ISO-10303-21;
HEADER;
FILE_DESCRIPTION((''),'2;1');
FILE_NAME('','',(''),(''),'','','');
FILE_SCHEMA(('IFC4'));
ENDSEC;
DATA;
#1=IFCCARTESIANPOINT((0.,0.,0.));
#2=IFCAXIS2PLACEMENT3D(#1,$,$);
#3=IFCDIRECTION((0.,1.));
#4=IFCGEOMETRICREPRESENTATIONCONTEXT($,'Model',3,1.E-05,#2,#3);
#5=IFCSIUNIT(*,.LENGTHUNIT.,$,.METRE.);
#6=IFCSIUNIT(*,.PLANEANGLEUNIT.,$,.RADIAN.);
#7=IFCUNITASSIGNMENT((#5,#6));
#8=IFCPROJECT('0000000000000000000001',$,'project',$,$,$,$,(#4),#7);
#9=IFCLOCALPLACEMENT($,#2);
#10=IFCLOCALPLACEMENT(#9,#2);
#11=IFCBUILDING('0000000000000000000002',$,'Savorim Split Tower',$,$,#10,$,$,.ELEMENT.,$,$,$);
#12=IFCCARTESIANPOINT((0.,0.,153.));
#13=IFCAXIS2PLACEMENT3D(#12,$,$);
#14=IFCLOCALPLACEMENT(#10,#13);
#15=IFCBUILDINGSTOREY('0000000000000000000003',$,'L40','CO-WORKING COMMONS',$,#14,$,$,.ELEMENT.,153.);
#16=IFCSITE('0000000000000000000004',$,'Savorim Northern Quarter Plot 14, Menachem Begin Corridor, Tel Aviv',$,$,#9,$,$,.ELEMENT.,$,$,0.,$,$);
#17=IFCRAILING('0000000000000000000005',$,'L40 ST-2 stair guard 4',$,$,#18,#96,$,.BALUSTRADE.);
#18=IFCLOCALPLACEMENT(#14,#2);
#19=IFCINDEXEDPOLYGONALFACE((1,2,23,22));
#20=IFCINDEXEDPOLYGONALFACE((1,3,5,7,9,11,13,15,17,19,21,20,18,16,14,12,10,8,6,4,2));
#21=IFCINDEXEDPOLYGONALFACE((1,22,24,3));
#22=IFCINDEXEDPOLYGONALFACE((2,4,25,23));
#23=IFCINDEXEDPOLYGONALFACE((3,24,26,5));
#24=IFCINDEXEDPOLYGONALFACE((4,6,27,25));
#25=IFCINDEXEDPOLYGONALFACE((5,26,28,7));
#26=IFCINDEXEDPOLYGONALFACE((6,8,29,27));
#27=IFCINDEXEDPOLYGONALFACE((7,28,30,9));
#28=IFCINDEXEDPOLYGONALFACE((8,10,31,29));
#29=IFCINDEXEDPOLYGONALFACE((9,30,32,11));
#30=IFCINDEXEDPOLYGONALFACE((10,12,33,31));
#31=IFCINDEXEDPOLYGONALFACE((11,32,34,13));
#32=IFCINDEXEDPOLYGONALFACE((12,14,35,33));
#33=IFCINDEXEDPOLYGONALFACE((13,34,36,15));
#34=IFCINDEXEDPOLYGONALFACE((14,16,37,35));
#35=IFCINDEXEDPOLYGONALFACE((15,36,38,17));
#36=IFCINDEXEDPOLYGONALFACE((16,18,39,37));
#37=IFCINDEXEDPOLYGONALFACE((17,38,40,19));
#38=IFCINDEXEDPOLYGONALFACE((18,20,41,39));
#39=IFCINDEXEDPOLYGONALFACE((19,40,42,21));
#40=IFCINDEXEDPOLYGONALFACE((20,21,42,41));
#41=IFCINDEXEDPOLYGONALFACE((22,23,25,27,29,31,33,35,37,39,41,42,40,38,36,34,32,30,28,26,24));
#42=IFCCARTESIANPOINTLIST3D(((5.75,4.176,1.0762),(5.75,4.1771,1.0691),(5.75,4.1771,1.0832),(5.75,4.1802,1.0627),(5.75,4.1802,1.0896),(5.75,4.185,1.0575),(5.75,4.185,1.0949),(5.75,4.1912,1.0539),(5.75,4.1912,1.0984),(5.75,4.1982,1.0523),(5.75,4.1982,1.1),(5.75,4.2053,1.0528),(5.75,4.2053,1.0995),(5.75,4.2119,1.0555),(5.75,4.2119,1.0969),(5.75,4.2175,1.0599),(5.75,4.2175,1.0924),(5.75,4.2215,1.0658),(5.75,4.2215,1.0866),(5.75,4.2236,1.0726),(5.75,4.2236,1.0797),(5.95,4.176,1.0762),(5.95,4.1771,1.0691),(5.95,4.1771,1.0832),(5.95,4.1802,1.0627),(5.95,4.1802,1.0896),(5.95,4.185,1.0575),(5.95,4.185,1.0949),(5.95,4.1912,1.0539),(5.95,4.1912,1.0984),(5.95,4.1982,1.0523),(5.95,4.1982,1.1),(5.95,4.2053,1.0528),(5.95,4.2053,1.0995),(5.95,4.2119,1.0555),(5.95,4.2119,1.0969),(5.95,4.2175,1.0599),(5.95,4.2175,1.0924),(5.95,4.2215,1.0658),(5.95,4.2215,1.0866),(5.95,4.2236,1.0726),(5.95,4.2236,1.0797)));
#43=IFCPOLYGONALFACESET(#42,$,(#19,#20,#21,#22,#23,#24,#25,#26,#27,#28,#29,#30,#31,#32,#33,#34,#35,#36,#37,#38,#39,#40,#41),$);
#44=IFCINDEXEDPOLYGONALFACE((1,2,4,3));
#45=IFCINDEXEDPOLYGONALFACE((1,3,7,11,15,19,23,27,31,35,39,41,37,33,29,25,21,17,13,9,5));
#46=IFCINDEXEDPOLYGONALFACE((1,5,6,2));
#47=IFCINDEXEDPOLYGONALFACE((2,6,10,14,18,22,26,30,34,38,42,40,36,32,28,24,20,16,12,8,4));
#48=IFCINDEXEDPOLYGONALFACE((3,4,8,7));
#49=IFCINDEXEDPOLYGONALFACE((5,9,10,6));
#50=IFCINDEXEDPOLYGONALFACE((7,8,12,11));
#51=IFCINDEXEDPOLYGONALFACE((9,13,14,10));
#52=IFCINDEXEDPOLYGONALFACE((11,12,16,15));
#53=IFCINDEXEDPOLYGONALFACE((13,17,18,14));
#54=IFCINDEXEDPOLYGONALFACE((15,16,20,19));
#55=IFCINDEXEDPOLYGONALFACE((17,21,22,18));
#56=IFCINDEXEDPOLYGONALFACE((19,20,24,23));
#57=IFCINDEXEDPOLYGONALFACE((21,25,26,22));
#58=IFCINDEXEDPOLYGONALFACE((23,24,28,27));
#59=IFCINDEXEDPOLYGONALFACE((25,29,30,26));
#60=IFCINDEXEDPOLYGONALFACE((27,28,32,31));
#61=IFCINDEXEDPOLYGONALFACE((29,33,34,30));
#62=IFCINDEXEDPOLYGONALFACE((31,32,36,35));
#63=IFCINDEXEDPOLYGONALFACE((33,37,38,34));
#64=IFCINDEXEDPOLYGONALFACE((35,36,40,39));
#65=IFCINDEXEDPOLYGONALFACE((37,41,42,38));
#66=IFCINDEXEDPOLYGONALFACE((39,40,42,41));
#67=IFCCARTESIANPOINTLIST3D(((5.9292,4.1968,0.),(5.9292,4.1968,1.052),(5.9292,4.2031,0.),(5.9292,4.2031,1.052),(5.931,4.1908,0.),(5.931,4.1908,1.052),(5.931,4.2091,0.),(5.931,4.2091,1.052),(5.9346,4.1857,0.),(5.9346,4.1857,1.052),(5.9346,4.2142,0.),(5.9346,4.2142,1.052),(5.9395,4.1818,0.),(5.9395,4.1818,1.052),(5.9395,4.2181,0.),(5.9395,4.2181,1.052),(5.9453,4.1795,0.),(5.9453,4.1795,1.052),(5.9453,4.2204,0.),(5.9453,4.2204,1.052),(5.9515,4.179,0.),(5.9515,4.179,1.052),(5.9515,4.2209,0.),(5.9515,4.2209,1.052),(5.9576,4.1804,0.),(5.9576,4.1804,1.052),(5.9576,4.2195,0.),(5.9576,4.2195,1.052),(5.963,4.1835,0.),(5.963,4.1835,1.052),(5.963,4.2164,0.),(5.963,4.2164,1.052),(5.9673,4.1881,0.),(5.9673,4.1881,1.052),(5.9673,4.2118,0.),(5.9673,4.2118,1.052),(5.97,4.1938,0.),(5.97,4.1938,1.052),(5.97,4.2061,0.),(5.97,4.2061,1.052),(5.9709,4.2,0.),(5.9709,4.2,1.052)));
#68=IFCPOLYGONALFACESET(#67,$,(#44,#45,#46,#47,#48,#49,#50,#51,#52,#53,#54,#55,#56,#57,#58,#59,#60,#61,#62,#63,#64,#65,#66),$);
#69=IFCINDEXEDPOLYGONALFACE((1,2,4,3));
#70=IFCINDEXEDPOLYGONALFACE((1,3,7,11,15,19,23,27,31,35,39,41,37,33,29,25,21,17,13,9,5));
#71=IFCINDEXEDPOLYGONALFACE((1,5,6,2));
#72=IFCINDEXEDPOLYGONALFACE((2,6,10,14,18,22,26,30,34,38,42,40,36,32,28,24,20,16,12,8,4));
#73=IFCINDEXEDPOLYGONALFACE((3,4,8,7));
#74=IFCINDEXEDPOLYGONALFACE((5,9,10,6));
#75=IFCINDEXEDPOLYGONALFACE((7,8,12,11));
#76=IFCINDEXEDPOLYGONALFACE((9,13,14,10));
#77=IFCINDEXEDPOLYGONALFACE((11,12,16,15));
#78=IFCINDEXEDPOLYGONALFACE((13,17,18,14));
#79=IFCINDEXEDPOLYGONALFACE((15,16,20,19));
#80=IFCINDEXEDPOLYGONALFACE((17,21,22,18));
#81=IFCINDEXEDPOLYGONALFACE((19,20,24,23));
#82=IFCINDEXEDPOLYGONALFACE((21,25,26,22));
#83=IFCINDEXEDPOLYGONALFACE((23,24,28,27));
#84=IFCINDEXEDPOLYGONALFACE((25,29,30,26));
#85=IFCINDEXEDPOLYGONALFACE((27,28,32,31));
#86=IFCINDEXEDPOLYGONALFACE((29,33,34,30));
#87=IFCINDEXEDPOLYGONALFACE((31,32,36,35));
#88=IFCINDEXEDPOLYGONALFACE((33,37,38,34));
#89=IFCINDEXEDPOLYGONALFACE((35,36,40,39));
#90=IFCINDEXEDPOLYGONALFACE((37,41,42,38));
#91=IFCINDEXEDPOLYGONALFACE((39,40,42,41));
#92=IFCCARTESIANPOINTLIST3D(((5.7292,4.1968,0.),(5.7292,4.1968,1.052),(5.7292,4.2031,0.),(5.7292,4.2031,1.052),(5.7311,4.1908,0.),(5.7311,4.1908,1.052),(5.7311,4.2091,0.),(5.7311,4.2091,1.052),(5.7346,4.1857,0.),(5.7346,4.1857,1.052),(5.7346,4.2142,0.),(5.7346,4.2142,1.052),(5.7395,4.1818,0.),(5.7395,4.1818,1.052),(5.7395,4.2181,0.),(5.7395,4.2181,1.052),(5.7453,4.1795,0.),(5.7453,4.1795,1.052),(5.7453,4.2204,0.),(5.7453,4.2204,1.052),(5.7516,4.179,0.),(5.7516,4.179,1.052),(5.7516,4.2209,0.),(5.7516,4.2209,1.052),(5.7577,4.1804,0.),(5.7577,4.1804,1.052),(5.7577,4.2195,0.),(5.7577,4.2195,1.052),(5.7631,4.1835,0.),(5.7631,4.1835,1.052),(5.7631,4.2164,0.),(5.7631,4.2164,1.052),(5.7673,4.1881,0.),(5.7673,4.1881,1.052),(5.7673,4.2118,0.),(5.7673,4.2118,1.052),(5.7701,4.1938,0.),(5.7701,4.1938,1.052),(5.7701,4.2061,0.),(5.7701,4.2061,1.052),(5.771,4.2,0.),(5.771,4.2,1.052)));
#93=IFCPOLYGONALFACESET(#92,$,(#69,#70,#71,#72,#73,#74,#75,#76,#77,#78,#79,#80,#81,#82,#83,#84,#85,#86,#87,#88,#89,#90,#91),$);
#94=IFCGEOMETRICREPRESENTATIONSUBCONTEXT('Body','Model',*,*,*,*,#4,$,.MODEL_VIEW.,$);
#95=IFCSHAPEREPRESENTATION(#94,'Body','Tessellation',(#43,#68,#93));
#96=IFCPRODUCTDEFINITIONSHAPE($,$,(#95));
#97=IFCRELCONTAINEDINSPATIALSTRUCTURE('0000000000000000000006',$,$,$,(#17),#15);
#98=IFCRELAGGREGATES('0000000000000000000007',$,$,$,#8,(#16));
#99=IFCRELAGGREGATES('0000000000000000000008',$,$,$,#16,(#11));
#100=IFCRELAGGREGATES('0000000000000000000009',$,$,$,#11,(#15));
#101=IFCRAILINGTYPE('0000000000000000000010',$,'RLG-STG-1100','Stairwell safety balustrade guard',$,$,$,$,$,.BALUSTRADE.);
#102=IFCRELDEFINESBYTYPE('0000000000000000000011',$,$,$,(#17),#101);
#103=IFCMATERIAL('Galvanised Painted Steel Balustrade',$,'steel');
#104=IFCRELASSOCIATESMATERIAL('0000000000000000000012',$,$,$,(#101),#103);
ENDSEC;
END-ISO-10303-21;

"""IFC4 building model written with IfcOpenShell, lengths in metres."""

from ifc_helpers import new_model, si_unit, direction, frame, origin, origin_2d, place, context, subcontext, project, spatial, circle, extrude, material, type_object, element, save


model = new_model("IFC4")

# Units and contexts
model_context = context("Model", 3, precision=1e-05, world=origin(), true_north=direction((0.0, 1.0)))
body_context = subcontext(model_context, "Body", "Model", "MODEL_VIEW")
ifc_project = project(units=[si_unit("LENGTHUNIT", "METRE"), si_unit("PLANEANGLEUNIT", "RADIAN")], contexts=[model_context])

# Site, building, storey
site_placement = place(None, origin())
site = spatial("IfcSite", under=ifc_project, at=site_placement, Name="Savorim Northern Quarter Plot 14, Menachem Begin Corridor, Tel Aviv", CompositionType="ELEMENT", RefElevation=0.0)
building_placement = place(site_placement, origin())
building = spatial("IfcBuilding", under=site, at=building_placement, Name="Savorim Split Tower", CompositionType="ELEMENT")
storey_placement = place(building_placement, frame((0.0, 0.0, 153.0)))
storey = spatial("IfcBuildingStorey", under=building, at=storey_placement, Name="L40", Description="CO-WORKING COMMONS", CompositionType="ELEMENT", Elevation=153.0)

# Railing
ifc_material_1 = material(Name="Galvanised Painted Steel Balustrade", Category="steel")
railing_type_1 = type_object("IfcRailingType", Name="RLG-STG-1100", Description="Stairwell safety balustrade guard", PredefinedType="BALUSTRADE", material=ifc_material_1)
railing_1_placement = place(storey_placement, frame((5.95, 4.2, 0.0)))
element("IfcRailing", 1, at=railing_1_placement, inside=storey, type_object=railing_type_1, Name="L40 ST-2 stair guard 4", PredefinedType="BALUSTRADE", context=body_context, shape_type="SweptSolid", body=[
    extrude(circle(Radius=0.0239, at=origin_2d()), frame((0.0, 0.0, 1.0762), z_axis=(-1.0, 0.0, 0.0), x_axis=(0.0, -1.0, 0.0)), (0.0, 0.0, 1.0), 0.2),
    extrude(circle(Radius=0.021, at=origin_2d()), origin(), (0.0, 0.0, 1.0), 1.052),
    extrude(circle(Radius=0.021, at=origin_2d()), frame((-0.2, 0.0, 0.0)), (0.0, 0.0, 1.0), 1.052),
])

save(model, "model.ifc")
